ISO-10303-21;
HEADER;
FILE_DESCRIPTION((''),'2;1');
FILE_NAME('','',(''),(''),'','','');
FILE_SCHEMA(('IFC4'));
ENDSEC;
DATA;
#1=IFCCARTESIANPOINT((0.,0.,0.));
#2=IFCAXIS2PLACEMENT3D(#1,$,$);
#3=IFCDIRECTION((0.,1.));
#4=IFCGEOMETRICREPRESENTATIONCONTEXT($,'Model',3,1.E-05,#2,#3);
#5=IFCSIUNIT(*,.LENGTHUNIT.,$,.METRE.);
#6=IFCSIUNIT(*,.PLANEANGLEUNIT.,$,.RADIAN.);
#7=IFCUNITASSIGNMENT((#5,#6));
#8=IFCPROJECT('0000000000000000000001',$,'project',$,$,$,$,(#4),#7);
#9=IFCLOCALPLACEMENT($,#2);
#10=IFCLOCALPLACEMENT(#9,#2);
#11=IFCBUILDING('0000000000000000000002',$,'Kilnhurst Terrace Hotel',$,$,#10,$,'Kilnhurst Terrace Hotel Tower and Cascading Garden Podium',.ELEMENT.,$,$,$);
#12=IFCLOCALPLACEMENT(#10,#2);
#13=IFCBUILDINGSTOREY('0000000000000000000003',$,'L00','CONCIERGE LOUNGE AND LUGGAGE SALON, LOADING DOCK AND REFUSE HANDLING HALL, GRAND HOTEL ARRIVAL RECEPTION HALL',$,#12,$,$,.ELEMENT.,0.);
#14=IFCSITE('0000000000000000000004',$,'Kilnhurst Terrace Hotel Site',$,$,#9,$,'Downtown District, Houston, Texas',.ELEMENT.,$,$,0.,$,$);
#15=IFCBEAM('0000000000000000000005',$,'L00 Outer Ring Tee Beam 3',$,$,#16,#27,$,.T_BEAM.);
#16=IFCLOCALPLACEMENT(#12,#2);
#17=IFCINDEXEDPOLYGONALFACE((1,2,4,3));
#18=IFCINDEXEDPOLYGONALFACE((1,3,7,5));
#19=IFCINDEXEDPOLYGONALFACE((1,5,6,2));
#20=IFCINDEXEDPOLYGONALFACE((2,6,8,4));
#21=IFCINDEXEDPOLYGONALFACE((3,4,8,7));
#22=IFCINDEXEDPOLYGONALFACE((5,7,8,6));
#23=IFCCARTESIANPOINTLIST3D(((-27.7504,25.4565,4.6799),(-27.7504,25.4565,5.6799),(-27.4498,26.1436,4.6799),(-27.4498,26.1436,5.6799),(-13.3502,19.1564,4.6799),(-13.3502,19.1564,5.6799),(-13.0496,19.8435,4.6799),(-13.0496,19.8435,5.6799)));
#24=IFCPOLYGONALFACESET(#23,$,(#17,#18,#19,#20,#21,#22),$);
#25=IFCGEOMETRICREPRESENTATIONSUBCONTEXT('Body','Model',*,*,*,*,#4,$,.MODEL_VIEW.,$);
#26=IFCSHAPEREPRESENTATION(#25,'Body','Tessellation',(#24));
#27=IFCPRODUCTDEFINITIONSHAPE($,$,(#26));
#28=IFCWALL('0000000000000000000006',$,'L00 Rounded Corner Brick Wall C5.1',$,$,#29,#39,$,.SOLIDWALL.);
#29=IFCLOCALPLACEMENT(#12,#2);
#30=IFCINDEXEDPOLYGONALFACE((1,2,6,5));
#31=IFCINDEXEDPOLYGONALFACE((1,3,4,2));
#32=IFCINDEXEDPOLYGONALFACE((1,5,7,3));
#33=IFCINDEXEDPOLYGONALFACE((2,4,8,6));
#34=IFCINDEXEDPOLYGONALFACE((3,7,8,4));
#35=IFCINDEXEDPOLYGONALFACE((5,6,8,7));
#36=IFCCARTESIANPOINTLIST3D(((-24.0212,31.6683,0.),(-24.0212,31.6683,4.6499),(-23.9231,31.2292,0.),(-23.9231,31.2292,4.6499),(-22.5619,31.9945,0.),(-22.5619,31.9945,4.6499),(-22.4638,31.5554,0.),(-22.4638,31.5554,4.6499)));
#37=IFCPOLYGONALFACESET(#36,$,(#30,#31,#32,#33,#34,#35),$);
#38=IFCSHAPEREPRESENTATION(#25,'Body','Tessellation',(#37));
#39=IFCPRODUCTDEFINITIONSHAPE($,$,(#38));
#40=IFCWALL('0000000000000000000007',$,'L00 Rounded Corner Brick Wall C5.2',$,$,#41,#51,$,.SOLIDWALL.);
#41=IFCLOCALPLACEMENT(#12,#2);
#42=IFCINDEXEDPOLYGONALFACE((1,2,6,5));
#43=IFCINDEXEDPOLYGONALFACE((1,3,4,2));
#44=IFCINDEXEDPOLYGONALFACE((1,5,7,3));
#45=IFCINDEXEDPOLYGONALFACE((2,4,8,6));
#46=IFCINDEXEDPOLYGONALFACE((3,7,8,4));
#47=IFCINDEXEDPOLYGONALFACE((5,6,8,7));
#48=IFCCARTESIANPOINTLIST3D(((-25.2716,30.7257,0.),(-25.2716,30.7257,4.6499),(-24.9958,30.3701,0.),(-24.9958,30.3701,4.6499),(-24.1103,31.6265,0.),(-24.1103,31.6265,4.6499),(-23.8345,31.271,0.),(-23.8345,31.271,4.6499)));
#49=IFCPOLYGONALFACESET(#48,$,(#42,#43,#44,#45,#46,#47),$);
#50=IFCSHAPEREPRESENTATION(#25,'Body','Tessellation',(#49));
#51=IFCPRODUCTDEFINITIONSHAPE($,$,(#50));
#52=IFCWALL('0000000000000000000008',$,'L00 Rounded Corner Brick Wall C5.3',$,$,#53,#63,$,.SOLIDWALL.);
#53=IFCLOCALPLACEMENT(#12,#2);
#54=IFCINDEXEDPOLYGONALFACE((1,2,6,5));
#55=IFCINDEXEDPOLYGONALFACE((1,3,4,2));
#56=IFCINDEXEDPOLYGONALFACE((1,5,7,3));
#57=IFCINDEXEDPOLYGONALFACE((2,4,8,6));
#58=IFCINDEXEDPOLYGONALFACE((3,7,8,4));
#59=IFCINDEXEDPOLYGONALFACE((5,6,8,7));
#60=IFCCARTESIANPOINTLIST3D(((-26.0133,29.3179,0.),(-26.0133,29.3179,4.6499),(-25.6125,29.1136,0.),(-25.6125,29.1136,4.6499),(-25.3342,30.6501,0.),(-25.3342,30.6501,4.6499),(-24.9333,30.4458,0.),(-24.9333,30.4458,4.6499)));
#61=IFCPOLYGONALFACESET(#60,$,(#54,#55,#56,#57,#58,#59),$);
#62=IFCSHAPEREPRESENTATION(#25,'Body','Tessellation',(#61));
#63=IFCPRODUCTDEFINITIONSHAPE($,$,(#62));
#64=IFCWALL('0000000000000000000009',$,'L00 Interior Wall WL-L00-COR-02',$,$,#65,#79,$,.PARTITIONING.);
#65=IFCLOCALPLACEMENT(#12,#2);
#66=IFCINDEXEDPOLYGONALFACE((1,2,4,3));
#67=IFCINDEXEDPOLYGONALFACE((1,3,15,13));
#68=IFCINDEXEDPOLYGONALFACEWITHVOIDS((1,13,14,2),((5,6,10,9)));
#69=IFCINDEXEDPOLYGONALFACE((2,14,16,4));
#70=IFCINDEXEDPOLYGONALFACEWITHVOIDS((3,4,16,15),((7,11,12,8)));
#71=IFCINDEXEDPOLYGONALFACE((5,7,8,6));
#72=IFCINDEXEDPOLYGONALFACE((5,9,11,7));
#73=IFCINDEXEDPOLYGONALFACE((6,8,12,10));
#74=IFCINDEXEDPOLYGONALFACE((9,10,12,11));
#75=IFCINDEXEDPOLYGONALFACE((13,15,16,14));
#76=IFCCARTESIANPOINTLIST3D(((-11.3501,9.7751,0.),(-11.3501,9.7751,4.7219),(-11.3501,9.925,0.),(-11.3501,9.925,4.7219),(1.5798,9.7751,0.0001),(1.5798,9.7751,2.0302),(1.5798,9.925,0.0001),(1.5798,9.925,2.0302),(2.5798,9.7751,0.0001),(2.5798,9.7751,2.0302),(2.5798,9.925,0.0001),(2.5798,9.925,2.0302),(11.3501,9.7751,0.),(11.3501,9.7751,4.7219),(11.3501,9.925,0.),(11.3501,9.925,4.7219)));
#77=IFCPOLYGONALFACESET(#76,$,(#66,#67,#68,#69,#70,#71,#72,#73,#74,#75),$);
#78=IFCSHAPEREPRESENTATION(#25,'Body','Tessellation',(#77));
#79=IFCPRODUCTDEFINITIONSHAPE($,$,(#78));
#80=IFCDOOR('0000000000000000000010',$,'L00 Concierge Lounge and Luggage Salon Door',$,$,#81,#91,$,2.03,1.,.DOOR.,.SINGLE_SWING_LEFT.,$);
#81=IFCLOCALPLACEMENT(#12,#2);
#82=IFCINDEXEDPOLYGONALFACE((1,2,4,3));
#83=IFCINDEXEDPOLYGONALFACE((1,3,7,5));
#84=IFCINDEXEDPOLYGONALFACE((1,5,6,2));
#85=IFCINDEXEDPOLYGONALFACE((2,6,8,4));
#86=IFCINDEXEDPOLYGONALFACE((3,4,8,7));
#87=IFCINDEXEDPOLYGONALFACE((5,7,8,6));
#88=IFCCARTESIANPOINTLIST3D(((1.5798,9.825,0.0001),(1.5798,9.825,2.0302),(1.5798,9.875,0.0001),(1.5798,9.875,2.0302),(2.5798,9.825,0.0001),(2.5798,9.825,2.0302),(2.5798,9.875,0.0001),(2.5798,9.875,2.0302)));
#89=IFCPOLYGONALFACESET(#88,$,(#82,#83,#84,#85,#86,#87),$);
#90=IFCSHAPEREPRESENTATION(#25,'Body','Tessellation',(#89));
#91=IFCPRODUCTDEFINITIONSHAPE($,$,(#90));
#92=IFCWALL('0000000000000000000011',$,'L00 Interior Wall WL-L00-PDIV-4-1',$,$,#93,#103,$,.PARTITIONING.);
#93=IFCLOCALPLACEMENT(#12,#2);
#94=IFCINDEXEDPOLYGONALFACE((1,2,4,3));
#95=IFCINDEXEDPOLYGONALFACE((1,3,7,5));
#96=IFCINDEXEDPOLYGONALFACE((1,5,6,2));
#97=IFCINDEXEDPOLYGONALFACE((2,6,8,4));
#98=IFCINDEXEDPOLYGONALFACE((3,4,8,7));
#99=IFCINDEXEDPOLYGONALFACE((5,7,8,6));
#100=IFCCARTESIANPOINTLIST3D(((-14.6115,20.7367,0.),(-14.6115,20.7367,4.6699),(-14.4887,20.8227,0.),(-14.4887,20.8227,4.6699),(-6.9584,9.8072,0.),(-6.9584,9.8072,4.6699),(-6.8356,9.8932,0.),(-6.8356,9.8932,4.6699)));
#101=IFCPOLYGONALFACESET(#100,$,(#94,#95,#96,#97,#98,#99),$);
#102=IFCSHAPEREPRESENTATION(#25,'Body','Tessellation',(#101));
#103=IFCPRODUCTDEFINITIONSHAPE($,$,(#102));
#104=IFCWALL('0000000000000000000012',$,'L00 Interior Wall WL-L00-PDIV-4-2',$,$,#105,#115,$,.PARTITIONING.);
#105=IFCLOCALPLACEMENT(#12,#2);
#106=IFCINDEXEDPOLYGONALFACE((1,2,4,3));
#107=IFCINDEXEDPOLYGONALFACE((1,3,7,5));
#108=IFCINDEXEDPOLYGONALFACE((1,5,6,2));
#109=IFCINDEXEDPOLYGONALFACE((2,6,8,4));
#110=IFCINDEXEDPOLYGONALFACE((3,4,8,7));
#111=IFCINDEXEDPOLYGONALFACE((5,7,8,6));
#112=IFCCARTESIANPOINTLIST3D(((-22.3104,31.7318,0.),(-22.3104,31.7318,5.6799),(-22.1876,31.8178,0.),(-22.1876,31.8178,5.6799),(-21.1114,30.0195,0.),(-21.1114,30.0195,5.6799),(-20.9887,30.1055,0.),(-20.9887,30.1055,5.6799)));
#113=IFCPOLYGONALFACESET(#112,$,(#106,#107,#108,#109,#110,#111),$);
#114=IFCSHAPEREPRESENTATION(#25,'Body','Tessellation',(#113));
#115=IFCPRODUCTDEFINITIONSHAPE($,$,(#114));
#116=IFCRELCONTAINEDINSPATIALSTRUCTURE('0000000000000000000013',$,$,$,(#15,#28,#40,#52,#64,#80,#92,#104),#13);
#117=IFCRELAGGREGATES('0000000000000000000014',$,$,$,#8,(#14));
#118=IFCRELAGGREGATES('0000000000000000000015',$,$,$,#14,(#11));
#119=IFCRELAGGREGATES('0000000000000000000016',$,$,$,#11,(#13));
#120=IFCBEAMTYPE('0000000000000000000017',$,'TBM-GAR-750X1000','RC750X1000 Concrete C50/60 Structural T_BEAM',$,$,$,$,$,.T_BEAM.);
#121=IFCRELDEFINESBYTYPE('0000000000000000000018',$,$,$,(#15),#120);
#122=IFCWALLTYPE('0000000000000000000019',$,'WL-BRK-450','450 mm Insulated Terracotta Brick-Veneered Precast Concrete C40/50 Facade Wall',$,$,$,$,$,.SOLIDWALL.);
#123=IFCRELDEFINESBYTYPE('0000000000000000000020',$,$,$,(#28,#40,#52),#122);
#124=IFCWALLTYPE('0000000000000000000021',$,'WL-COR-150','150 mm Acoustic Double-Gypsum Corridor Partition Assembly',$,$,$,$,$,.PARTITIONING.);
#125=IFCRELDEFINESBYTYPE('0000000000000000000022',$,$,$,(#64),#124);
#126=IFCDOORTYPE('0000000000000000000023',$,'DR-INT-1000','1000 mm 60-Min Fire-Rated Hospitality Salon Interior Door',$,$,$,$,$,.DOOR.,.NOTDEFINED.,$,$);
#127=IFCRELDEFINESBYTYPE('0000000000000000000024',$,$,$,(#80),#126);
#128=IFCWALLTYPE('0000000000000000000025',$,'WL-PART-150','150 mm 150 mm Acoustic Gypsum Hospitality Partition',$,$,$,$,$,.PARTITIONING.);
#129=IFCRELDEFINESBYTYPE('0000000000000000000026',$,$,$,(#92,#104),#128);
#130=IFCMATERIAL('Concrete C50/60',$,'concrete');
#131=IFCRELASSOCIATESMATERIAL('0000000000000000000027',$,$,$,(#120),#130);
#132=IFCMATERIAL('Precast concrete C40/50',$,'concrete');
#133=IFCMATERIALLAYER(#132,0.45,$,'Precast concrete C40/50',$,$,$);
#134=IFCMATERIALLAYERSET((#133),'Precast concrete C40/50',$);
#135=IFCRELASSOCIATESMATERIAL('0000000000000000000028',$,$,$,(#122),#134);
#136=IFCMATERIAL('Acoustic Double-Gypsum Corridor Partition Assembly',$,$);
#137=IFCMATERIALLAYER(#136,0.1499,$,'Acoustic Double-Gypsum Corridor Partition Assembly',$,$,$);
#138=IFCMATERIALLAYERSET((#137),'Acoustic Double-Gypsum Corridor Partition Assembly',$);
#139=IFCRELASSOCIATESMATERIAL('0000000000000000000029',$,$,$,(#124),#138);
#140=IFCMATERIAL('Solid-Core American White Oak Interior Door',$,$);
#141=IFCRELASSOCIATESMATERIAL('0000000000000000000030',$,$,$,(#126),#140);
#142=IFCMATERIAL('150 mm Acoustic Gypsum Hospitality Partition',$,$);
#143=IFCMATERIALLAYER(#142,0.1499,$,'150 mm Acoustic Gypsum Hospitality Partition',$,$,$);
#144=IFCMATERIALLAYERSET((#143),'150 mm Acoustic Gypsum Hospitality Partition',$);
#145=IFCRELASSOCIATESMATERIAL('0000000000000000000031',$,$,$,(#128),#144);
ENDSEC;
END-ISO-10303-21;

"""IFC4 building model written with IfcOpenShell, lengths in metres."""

from ifc_helpers import new_model, si_unit, direction, frame, frame_2d, origin, origin_2d, place, context, subcontext, project, spatial, rectangle, extrude, material, layer, layer_set, material_profile, profile_set, type_object, element, fill, save


model = new_model("IFC4")

# Units and contexts
model_context = context("Model", 3, precision=1e-05, world=origin(), true_north=direction((0.0, 1.0)))
body_context = subcontext(model_context, "Body", "Model", "MODEL_VIEW")
ifc_project = project(units=[si_unit("LENGTHUNIT", "METRE"), si_unit("PLANEANGLEUNIT", "RADIAN")], contexts=[model_context])

# Site, building, storey
site_placement = place(None, origin())
site = spatial("IfcSite", under=ifc_project, at=site_placement, Name="Kilnhurst Terrace Hotel Site", LongName="Downtown District, Houston, Texas", CompositionType="ELEMENT", RefElevation=0.0)
building_placement = place(site_placement, origin())
building = spatial("IfcBuilding", under=site, at=building_placement, Name="Kilnhurst Terrace Hotel", LongName="Kilnhurst Terrace Hotel Tower and Cascading Garden Podium", CompositionType="ELEMENT")
storey_placement = place(building_placement, origin())
storey = spatial("IfcBuildingStorey", under=building, at=storey_placement, Name="L00", Description="CONCIERGE LOUNGE AND LUGGAGE SALON, LOADING DOCK AND REFUSE HANDLING HALL, GRAND HOTEL ARRIVAL RECEPTION HALL", CompositionType="ELEMENT", Elevation=0.0)

# Shared definitions
ifc_material_1 = material(Name="Concrete C50/60", Category="concrete")

# Beam
ifc_material_profile_1 = material_profile(ifc_material_1, rectangle(XDim=0.75, YDim=1.0, at=origin_2d()), Name="RC750X1000")
ifc_profile_set_1 = profile_set([ifc_material_profile_1], Name="Concrete C50/60")
beam_type_1 = type_object("IfcBeamType", Name="TBM-GAR-750X1000", Description="RC750X1000 Concrete C50/60 Structural T_BEAM", PredefinedType="T_BEAM", material=ifc_profile_set_1)
beam_1_placement = place(storey_placement, frame((-27.6001, 25.8, 5.1799), z_axis=(0.916158, -0.400818, 0.0), x_axis=(0.400818, 0.916158, 0.0)))
element("IfcBeam", 1, at=beam_1_placement, inside=storey, type_object=beam_type_1, Name="L00 Outer Ring Tee Beam 3", PredefinedType="T_BEAM", context=body_context, shape_type="SweptSolid", body=[
    extrude(rectangle(XDim=0.75, YDim=1.0, at=origin_2d()), origin(), (0.0, 0.0, 1.0), 15.718),
])

# Walls
ifc_material_2 = material(Name="Precast concrete C40/50", Category="concrete")
ifc_layer_1 = layer(ifc_material_2, 0.45, Name="Precast concrete C40/50")
ifc_layer_set_1 = layer_set([ifc_layer_1], Name="Precast concrete C40/50")
wall_type_1 = type_object("IfcWallType", Name="WL-BRK-450", Description="450 mm Insulated Terracotta Brick-Veneered Precast Concrete C40/50 Facade Wall", PredefinedType="SOLIDWALL", material=ifc_layer_set_1)
wall_1_placement = place(storey_placement, frame((-22.5129, 31.7749, 0.0), z_axis=(0.0, 0.0, 1.0), x_axis=(-0.975925, -0.218106, 0.0)))
element("IfcWall", 2, at=wall_1_placement, inside=storey, type_object=wall_type_1, Name="L00 Rounded Corner Brick Wall C5.1", PredefinedType="SOLIDWALL", context=body_context, shape_type="SweptSolid", body=[
    extrude(rectangle(XDim=1.4954, YDim=0.45, at=frame_2d((0.7476, 0.0))), origin(), (0.0, 0.0, 1.0), 4.6499),
])
wall_2_placement = place(storey_placement, frame((-23.9724, 31.4487, 0.0), z_axis=(0.0, 0.0, 1.0), x_axis=(-0.790148, -0.612917, 0.0)))
element("IfcWall", 3, at=wall_2_placement, inside=storey, type_object=wall_type_1, Name="L00 Rounded Corner Brick Wall C5.2", PredefinedType="SOLIDWALL", context=body_context, shape_type="SweptSolid", body=[
    extrude(rectangle(XDim=1.4697, YDim=0.45, at=frame_2d((0.7349, 0.0))), origin(), (0.0, 0.0, 1.0), 4.6499),
])
wall_3_placement = place(storey_placement, frame((-25.1338, 30.5479, 0.0), z_axis=(0.0, 0.0, 1.0), x_axis=(-0.454187, -0.890906, 0.0)))
element("IfcWall", 4, at=wall_3_placement, inside=storey, type_object=wall_type_1, Name="L00 Rounded Corner Brick Wall C5.3", PredefinedType="SOLIDWALL", context=body_context, shape_type="SweptSolid", body=[
    extrude(rectangle(XDim=1.4954, YDim=0.45, at=frame_2d((0.7476, 0.0))), origin(), (0.0, 0.0, 1.0), 4.6499),
])

# Wall, opening, door
ifc_material_3 = material(Name="Acoustic Double-Gypsum Corridor Partition Assembly")
ifc_layer_2 = layer(ifc_material_3, 0.1499, Name="Acoustic Double-Gypsum Corridor Partition Assembly")
ifc_layer_set_2 = layer_set([ifc_layer_2], Name="Acoustic Double-Gypsum Corridor Partition Assembly")
wall_type_2 = type_object("IfcWallType", Name="WL-COR-150", Description="150 mm Acoustic Double-Gypsum Corridor Partition Assembly", PredefinedType="PARTITIONING", material=ifc_layer_set_2)
wall_4_placement = place(storey_placement, frame((-11.3501, 9.8501, 0.0), z_axis=(0.0, 0.0, 1.0), x_axis=(1.0, 0.0, 0.0)))
wall_4 = element("IfcWall", 5, at=wall_4_placement, inside=storey, type_object=wall_type_2, Name="L00 Interior Wall WL-L00-COR-02", PredefinedType="PARTITIONING", context=body_context, shape_type="SweptSolid", body=[
    extrude(rectangle(XDim=22.7002, YDim=0.1499, at=frame_2d((11.3501, 0.0))), origin(), (0.0, 0.0, 1.0), 4.7219),
])
opening_1_placement = place(wall_4_placement, frame((12.9299, 0.0, 0.0)))
opening_1 = element("IfcOpeningElement", 6, at=opening_1_placement, cuts=wall_4, PredefinedType="OPENING", context=body_context, shape_type="SweptSolid", body=[
    extrude(rectangle(XDim=1.0, YDim=2.03, at=frame_2d((0.5, 1.0151))), frame((0.0, 0.085, 0.0), z_axis=(0.0, -1.0, 0.0), x_axis=(1.0, 0.0, 0.0)), (0.0, 0.0, 1.0), 0.1699),
])
ifc_material_4 = material(Name="Solid-Core American White Oak Interior Door")
door_type_1 = type_object("IfcDoorType", Name="DR-INT-1000", Description="1000 mm 60-Min Fire-Rated Hospitality Salon Interior Door", OperationType="NOTDEFINED", PredefinedType="DOOR", material=ifc_material_4)
door_1_placement = place(opening_1_placement, origin())
door_1 = element("IfcDoor", 7, at=door_1_placement, inside=storey, type_object=door_type_1, Name="L00 Concierge Lounge and Luggage Salon Door", OperationType="SINGLE_SWING_LEFT", OverallHeight=2.03, OverallWidth=1.0, PredefinedType="DOOR", context=body_context, shape_type="SweptSolid", body=[
    extrude(rectangle(XDim=1.0, YDim=2.03, at=frame_2d((0.5, 1.0151))), frame((0.0, 0.0249, 0.0), z_axis=(0.0, -1.0, 0.0), x_axis=(1.0, 0.0, 0.0)), (0.0, 0.0, 1.0), 0.05),
])
fill(opening_1, door_1)

# Walls
ifc_material_5 = material(Name="150 mm Acoustic Gypsum Hospitality Partition")
ifc_layer_3 = layer(ifc_material_5, 0.1499, Name="150 mm Acoustic Gypsum Hospitality Partition")
ifc_layer_set_3 = layer_set([ifc_layer_3], Name="150 mm Acoustic Gypsum Hospitality Partition")
wall_type_3 = type_object("IfcWallType", Name="WL-PART-150", Description="150 mm 150 mm Acoustic Gypsum Hospitality Partition", PredefinedType="PARTITIONING", material=ifc_layer_set_3)
wall_5_placement = place(storey_placement, frame((-6.897, 9.8501, 0.0), z_axis=(0.0, 0.0, 1.0), x_axis=(-0.573586, 0.819145, 0.0)))
element("IfcWall", 8, at=wall_5_placement, inside=storey, type_object=wall_type_3, Name="L00 Interior Wall WL-L00-PDIV-4-1", PredefinedType="PARTITIONING", context=body_context, shape_type="SweptSolid", body=[
    extrude(rectangle(XDim=13.3425, YDim=0.1499, at=frame_2d((6.6714, 0.0))), origin(), (0.0, 0.0, 1.0), 4.6699),
])
wall_6_placement = place(storey_placement, frame((-21.05, 30.0625, 0.0), z_axis=(0.0, 0.0, 1.0), x_axis=(-0.573556, 0.819166, 0.0)))
element("IfcWall", 9, at=wall_6_placement, inside=storey, type_object=wall_type_3, Name="L00 Interior Wall WL-L00-PDIV-4-2", PredefinedType="PARTITIONING", context=body_context, shape_type="SweptSolid", body=[
    extrude(rectangle(XDim=2.0903, YDim=0.1499, at=frame_2d((1.0452, 0.0))), origin(), (0.0, 0.0, 1.0), 5.6799),
])

save(model, "model.ifc")
